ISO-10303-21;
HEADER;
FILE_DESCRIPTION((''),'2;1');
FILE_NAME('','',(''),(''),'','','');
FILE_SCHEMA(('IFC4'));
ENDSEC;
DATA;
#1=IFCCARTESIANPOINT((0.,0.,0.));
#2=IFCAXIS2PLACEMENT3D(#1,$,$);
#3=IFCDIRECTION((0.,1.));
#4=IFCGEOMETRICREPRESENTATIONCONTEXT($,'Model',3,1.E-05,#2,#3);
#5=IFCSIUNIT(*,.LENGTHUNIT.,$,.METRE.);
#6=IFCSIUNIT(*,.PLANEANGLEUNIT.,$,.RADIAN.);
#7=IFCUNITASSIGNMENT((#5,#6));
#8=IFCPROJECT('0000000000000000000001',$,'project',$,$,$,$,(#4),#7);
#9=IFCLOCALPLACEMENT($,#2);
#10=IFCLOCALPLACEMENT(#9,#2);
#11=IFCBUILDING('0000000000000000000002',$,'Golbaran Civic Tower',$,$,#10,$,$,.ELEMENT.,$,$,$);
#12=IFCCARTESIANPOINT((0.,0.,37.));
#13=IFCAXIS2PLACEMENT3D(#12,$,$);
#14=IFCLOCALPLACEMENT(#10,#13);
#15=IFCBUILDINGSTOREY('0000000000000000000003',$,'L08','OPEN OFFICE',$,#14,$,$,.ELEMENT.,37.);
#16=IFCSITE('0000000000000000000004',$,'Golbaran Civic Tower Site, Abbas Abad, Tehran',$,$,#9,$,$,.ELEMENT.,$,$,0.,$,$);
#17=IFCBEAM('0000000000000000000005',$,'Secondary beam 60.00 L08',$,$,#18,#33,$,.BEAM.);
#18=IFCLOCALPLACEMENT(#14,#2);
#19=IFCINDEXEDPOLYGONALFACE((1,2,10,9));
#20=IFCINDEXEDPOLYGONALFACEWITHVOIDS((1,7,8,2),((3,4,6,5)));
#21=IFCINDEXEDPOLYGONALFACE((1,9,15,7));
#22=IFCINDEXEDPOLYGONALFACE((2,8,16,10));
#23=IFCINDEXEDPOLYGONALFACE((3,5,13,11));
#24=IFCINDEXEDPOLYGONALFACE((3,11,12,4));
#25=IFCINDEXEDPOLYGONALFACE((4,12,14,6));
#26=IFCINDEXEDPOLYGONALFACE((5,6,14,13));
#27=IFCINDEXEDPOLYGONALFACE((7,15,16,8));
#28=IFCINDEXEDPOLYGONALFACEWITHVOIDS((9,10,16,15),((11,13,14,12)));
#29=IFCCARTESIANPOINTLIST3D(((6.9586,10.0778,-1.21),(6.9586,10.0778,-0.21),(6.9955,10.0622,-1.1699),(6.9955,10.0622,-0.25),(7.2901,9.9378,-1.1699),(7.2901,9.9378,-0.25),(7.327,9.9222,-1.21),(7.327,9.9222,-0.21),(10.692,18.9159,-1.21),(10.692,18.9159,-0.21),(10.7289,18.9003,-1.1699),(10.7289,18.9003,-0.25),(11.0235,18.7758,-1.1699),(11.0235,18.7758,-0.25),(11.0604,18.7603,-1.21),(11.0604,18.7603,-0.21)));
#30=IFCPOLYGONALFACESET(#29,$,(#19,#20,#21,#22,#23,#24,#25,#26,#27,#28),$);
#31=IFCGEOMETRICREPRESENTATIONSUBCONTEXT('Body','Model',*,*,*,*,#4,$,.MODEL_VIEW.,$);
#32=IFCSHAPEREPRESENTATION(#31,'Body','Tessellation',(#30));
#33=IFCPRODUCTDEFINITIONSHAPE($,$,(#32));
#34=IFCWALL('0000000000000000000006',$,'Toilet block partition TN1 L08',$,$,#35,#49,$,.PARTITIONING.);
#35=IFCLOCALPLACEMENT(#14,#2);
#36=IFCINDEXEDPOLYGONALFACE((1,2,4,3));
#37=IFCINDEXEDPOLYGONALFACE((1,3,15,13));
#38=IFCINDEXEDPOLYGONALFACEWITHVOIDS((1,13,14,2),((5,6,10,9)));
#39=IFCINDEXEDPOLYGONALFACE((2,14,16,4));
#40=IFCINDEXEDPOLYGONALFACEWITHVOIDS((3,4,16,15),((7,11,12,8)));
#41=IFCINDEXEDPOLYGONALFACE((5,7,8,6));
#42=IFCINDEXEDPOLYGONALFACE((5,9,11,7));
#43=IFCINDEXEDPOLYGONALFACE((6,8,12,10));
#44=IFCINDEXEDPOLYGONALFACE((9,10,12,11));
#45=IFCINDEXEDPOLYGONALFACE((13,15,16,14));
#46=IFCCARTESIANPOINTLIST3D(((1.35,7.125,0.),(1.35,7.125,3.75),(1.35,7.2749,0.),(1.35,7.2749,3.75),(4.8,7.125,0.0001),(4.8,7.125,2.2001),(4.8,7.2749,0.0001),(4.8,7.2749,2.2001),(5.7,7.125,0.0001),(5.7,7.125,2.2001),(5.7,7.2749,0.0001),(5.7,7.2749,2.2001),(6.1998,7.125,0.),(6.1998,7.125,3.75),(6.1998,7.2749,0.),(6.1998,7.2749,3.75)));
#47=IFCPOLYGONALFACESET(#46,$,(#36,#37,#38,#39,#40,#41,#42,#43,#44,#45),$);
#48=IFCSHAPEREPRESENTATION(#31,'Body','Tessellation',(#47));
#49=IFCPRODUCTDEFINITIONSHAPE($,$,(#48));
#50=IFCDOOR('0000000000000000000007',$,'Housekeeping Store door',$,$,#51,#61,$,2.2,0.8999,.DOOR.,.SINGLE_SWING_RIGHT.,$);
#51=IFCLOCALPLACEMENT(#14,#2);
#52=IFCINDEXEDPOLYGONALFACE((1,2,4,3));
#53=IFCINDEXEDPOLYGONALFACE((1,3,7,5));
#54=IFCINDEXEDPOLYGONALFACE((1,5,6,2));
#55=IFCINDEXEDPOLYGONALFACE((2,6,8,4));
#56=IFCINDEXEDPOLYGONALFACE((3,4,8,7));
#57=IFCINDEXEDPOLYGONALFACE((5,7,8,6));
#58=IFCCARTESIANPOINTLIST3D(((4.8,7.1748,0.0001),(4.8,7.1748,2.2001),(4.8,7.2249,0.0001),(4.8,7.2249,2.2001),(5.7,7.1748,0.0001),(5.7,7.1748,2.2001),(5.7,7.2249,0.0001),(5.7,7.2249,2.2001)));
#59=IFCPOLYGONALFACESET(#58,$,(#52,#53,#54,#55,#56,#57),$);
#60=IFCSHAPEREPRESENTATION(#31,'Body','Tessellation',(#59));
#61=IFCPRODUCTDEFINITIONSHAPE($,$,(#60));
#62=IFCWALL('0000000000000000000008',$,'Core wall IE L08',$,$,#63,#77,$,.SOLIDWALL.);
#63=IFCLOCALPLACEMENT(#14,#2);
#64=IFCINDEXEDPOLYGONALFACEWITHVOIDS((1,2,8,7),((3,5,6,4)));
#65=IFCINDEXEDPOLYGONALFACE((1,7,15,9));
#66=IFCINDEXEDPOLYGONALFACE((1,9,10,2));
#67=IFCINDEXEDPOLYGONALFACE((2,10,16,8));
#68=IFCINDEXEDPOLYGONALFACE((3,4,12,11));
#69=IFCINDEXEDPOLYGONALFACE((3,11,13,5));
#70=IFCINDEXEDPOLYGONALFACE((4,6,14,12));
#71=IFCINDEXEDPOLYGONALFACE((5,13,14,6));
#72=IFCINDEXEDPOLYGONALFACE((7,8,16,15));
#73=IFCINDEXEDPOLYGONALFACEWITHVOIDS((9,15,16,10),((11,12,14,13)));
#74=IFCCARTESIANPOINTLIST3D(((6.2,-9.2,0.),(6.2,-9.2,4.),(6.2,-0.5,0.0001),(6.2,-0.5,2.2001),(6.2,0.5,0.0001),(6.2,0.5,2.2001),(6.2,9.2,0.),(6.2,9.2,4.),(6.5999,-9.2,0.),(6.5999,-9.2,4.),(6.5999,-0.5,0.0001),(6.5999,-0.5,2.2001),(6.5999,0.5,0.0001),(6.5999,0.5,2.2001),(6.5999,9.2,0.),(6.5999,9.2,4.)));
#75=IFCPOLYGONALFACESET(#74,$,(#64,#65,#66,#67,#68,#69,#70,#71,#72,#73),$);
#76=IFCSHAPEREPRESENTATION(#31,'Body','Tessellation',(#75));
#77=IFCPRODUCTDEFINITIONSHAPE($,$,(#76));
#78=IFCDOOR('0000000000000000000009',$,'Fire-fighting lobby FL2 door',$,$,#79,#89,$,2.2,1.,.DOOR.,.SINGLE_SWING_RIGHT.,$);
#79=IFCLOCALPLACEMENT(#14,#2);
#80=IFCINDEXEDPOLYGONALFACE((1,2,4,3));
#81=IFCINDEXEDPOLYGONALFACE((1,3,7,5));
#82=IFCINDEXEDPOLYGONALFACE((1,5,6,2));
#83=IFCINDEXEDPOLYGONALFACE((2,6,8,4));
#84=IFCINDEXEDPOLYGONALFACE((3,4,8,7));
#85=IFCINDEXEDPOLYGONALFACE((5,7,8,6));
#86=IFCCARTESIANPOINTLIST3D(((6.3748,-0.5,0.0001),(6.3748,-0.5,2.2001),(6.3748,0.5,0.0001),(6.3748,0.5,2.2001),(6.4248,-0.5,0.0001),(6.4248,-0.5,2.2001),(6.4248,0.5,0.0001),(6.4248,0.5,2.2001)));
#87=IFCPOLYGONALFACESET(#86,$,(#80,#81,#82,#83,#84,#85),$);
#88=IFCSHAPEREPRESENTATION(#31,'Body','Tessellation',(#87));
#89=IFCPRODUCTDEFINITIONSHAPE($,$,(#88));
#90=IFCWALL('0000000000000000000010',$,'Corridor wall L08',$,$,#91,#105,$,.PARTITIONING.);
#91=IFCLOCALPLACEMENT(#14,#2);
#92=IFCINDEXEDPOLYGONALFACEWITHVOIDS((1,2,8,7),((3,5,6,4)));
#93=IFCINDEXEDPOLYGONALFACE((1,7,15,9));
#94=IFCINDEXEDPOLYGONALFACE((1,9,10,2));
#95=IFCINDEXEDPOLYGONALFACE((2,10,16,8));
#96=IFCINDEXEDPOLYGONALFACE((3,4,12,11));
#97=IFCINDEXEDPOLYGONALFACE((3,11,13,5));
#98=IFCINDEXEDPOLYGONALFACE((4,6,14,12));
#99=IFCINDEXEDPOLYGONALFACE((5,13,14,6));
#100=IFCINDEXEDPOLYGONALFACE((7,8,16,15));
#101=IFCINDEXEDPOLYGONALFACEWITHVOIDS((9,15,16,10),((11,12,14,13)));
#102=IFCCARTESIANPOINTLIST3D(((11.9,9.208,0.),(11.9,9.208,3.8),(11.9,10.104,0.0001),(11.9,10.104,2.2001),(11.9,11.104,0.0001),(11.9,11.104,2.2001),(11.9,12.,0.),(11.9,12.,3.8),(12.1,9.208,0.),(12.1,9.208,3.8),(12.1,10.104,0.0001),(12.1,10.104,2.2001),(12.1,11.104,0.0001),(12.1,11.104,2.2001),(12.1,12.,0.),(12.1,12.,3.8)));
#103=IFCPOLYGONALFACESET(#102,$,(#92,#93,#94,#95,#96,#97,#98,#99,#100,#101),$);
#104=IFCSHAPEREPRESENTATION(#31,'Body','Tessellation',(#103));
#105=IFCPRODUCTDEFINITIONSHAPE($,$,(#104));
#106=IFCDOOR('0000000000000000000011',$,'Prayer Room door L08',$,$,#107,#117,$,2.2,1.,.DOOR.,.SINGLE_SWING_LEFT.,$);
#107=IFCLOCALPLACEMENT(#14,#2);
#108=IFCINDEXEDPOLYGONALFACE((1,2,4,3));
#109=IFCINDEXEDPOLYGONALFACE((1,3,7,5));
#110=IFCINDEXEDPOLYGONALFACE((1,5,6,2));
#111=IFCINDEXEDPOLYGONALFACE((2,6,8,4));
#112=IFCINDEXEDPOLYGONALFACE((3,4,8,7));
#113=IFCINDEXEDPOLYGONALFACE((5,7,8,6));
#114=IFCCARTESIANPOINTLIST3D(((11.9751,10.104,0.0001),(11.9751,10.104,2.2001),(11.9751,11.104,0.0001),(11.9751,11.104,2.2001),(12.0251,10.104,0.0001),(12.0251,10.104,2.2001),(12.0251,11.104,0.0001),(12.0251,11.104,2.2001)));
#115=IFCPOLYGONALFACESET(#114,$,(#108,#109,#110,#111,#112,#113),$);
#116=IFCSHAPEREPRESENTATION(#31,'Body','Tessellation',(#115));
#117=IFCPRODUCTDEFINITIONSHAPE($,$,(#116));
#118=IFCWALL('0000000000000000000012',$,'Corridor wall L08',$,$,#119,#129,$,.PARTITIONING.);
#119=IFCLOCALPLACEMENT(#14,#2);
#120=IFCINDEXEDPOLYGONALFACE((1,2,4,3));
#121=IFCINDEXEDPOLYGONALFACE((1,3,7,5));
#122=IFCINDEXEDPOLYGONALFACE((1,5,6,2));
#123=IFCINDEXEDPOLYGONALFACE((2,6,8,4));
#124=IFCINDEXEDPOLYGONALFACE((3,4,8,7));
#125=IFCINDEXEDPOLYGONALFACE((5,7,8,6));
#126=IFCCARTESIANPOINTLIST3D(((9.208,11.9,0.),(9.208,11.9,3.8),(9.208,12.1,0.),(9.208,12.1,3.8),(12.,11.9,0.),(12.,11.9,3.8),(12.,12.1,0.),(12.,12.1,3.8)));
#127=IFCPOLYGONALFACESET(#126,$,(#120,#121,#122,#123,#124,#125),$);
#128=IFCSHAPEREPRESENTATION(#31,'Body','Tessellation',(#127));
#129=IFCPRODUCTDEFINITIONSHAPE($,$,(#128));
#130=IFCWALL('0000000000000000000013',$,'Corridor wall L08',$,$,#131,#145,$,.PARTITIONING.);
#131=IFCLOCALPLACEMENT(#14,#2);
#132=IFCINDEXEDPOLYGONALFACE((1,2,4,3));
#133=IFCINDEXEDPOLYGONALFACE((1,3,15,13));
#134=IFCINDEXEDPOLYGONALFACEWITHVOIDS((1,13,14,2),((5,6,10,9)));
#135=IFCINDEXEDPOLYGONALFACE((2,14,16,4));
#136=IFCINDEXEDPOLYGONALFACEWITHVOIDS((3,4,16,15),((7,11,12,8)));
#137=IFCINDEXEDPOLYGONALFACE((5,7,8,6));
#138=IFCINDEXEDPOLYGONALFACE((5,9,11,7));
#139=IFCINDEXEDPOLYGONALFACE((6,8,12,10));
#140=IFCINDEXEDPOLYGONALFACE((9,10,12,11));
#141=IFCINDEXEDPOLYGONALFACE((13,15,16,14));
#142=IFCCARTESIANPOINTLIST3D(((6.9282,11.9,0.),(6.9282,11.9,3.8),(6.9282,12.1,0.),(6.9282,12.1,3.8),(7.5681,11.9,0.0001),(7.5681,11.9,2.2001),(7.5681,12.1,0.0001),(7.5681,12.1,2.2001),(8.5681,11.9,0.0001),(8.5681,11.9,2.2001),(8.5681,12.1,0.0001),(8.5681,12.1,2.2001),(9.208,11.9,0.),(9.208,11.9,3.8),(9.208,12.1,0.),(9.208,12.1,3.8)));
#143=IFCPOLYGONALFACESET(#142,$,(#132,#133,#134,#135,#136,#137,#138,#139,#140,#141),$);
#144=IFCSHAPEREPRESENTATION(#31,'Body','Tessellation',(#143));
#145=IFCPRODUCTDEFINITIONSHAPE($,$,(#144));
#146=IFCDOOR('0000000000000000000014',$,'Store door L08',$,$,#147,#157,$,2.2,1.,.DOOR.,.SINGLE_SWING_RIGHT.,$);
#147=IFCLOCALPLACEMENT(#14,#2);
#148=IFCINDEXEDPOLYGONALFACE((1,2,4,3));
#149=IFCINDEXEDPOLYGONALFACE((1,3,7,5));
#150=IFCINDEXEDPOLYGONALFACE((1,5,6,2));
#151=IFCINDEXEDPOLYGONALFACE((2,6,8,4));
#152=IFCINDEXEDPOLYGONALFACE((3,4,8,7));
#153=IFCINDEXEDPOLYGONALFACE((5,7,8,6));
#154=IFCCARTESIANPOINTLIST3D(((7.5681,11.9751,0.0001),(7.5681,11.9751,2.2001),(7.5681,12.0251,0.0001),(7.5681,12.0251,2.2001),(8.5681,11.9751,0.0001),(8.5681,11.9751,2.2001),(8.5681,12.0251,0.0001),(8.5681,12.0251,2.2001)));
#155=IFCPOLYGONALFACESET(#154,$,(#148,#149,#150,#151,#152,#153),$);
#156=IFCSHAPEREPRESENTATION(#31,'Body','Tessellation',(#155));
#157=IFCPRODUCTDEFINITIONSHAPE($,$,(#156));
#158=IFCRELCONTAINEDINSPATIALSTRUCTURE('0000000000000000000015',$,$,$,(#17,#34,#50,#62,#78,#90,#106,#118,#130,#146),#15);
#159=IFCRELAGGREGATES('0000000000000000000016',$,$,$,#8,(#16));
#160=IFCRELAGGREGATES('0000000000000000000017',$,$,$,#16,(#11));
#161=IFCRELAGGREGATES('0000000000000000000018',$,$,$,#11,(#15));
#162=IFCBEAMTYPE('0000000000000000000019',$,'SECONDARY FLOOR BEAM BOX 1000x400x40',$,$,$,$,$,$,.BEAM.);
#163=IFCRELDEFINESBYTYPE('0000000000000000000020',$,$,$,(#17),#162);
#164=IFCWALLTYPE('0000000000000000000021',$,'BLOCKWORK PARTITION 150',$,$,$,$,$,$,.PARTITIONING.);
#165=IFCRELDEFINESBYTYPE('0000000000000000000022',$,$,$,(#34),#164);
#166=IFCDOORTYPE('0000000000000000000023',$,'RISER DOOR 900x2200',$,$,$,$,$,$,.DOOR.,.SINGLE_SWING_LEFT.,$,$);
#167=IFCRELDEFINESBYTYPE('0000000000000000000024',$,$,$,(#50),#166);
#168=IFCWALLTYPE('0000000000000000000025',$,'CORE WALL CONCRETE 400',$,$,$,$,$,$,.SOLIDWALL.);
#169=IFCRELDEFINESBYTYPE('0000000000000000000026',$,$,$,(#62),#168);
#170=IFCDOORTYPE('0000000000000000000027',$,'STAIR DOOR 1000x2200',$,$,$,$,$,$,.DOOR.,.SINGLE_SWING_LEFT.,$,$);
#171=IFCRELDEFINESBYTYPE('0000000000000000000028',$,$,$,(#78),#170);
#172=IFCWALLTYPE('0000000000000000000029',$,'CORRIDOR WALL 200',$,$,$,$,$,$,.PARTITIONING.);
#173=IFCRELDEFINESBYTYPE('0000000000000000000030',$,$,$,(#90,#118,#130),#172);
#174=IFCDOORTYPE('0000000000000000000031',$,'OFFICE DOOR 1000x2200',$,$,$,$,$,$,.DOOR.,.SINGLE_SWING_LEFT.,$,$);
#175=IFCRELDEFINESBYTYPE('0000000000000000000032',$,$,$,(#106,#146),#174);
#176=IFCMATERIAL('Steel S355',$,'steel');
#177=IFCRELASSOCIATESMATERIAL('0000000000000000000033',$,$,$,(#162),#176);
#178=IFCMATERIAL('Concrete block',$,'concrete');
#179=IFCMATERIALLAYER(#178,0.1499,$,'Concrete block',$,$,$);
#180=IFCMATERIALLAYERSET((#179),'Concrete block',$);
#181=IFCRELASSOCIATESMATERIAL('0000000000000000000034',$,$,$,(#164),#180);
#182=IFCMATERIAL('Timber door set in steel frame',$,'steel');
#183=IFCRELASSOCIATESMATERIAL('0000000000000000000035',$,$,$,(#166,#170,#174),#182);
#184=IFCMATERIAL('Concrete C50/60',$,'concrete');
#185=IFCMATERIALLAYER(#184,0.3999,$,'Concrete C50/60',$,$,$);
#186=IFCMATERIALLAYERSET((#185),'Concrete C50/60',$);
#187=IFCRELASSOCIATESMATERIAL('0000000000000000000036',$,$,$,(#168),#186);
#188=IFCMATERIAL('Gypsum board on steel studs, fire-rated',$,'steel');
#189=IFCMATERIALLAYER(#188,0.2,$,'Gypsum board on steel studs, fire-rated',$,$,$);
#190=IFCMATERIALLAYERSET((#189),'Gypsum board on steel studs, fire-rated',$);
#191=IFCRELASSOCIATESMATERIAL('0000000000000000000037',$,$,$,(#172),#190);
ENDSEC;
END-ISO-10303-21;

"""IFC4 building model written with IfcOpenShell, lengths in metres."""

from ifc_helpers import new_model, si_unit, direction, frame, frame_2d, origin, origin_2d, place, context, subcontext, project, spatial, rectangle, hollow_rectangle, extrude, material, layer, layer_set, material_profile, profile_set, type_object, element, fill, save


model = new_model("IFC4")

# Units and contexts
model_context = context("Model", 3, precision=1e-05, world=origin(), true_north=direction((0.0, 1.0)))
body_context = subcontext(model_context, "Body", "Model", "MODEL_VIEW")
ifc_project = project(units=[si_unit("LENGTHUNIT", "METRE"), si_unit("PLANEANGLEUNIT", "RADIAN")], contexts=[model_context])

# Site, building, storey
site_placement = place(None, origin())
site = spatial("IfcSite", under=ifc_project, at=site_placement, Name="Golbaran Civic Tower Site, Abbas Abad, Tehran", CompositionType="ELEMENT", RefElevation=0.0)
building_placement = place(site_placement, origin())
building = spatial("IfcBuilding", under=site, at=building_placement, Name="Golbaran Civic Tower", CompositionType="ELEMENT")
storey_placement = place(building_placement, frame((0.0, 0.0, 37.0)))
storey = spatial("IfcBuildingStorey", under=building, at=storey_placement, Name="L08", Description="OPEN OFFICE", CompositionType="ELEMENT", Elevation=37.0)

# Beam
ifc_material_1 = material(Name="Steel S355", Category="steel")
ifc_material_profile_1 = material_profile(ifc_material_1, hollow_rectangle(XDim=0.3999, YDim=1.0, WallThickness=0.04, at=origin_2d()), Name="BOX 1000x400x40")
ifc_profile_set_1 = profile_set([ifc_material_profile_1], Name="Steel S355")
beam_type_1 = type_object("IfcBeamType", Name="SECONDARY FLOOR BEAM BOX 1000x400x40", PredefinedType="BEAM", material=ifc_profile_set_1)
beam_1_placement = place(storey_placement, frame((7.1428, 10.0, -0.71), z_axis=(0.389126, 0.921185, 0.0), x_axis=(-0.921185, 0.389126, 0.0)))
element("IfcBeam", 1, at=beam_1_placement, inside=storey, type_object=beam_type_1, Name="Secondary beam 60.00 L08", PredefinedType="BEAM", context=body_context, shape_type="SweptSolid", body=[
    extrude(hollow_rectangle(XDim=0.3999, YDim=1.0, WallThickness=0.04, at=origin_2d()), origin(), (0.0, 0.0, 1.0), 9.5942),
])

# Walls, openings, doors
ifc_material_2 = material(Name="Concrete block", Category="concrete")
ifc_layer_1 = layer(ifc_material_2, 0.1499, Name="Concrete block")
ifc_layer_set_1 = layer_set([ifc_layer_1], Name="Concrete block")
wall_type_1 = type_object("IfcWallType", Name="BLOCKWORK PARTITION 150", PredefinedType="PARTITIONING", material=ifc_layer_set_1)
wall_1_placement = place(storey_placement, frame((1.3501, 7.2, 0.0), z_axis=(0.0, 0.0, 1.0), x_axis=(1.0, 0.0, 0.0)))
wall_1 = element("IfcWall", 2, at=wall_1_placement, inside=storey, type_object=wall_type_1, Name="Toilet block partition TN1 L08", PredefinedType="PARTITIONING", context=body_context, shape_type="SweptSolid", body=[
    extrude(rectangle(XDim=4.8499, YDim=0.1499, at=frame_2d((2.4248, 0.0))), origin(), (0.0, 0.0, 1.0), 3.75),
])
opening_1_placement = place(wall_1_placement, frame((3.45, 0.0, 0.0)))
opening_1 = element("IfcOpeningElement", 3, at=opening_1_placement, cuts=wall_1, PredefinedType="OPENING", context=body_context, shape_type="SweptSolid", body=[
    extrude(rectangle(XDim=0.8999, YDim=2.2, at=frame_2d((0.45, 1.1001))), frame((0.0, 0.085, 0.0), z_axis=(0.0, -1.0, 0.0), x_axis=(1.0, 0.0, 0.0)), (0.0, 0.0, 1.0), 0.1699),
])
ifc_material_3 = material(Name="Timber door set in steel frame", Category="steel")
door_type_1 = type_object("IfcDoorType", Name="RISER DOOR 900x2200", OperationType="SINGLE_SWING_LEFT", PredefinedType="DOOR", material=ifc_material_3)
door_1_placement = place(opening_1_placement, origin())
door_1 = element("IfcDoor", 4, at=door_1_placement, inside=storey, type_object=door_type_1, Name="Housekeeping Store door", OperationType="SINGLE_SWING_RIGHT", OverallHeight=2.2, OverallWidth=0.8999, PredefinedType="DOOR", context=body_context, shape_type="SweptSolid", body=[
    extrude(rectangle(XDim=0.8999, YDim=2.2, at=frame_2d((0.45, 1.1001))), frame((0.0, 0.0249, 0.0), z_axis=(0.0, -1.0, 0.0), x_axis=(1.0, 0.0, 0.0)), (0.0, 0.0, 1.0), 0.05),
])
fill(opening_1, door_1)
ifc_material_4 = material(Name="Concrete C50/60", Category="concrete")
ifc_layer_2 = layer(ifc_material_4, 0.3999, Name="Concrete C50/60")
ifc_layer_set_2 = layer_set([ifc_layer_2], Name="Concrete C50/60")
wall_type_2 = type_object("IfcWallType", Name="CORE WALL CONCRETE 400", PredefinedType="SOLIDWALL", material=ifc_layer_set_2)
wall_2_placement = place(storey_placement, frame((6.3999, 9.2, 0.0), z_axis=(0.0, 0.0, 1.0), x_axis=(0.0, -1.0, 0.0)))
wall_2 = element("IfcWall", 5, at=wall_2_placement, inside=storey, type_object=wall_type_2, Name="Core wall IE L08", PredefinedType="SOLIDWALL", context=body_context, shape_type="SweptSolid", body=[
    extrude(rectangle(XDim=18.3999, YDim=0.3999, at=frame_2d((9.2, 0.0))), origin(), (0.0, 0.0, 1.0), 4.0),
])
opening_2_placement = place(wall_2_placement, frame((8.7, 0.0, 0.0)))
opening_2 = element("IfcOpeningElement", 6, at=opening_2_placement, cuts=wall_2, PredefinedType="OPENING", context=body_context, shape_type="SweptSolid", body=[
    extrude(rectangle(XDim=1.0, YDim=2.2, at=frame_2d((0.5, 1.1001))), frame((0.0, 0.21, 0.0), z_axis=(0.0, -1.0, 0.0), x_axis=(1.0, 0.0, 0.0)), (0.0, 0.0, 1.0), 0.4199),
])
door_type_2 = type_object("IfcDoorType", Name="STAIR DOOR 1000x2200", OperationType="SINGLE_SWING_LEFT", PredefinedType="DOOR", material=ifc_material_3)
door_2_placement = place(opening_2_placement, origin())
door_2 = element("IfcDoor", 7, at=door_2_placement, inside=storey, type_object=door_type_2, Name="Fire-fighting lobby FL2 door", OperationType="SINGLE_SWING_RIGHT", OverallHeight=2.2, OverallWidth=1.0, PredefinedType="DOOR", context=body_context, shape_type="SweptSolid", body=[
    extrude(rectangle(XDim=1.0, YDim=2.2, at=frame_2d((0.5, 1.1001))), frame((0.0, 0.0249, 0.0), z_axis=(0.0, -1.0, 0.0), x_axis=(1.0, 0.0, 0.0)), (0.0, 0.0, 1.0), 0.05),
])
fill(opening_2, door_2)
ifc_material_5 = material(Name="Gypsum board on steel studs, fire-rated", Category="steel")
ifc_layer_3 = layer(ifc_material_5, 0.2, Name="Gypsum board on steel studs, fire-rated")
ifc_layer_set_3 = layer_set([ifc_layer_3], Name="Gypsum board on steel studs, fire-rated")
wall_type_3 = type_object("IfcWallType", Name="CORRIDOR WALL 200", PredefinedType="PARTITIONING", material=ifc_layer_set_3)
wall_3_placement = place(storey_placement, frame((12.0, 9.208, 0.0), z_axis=(0.0, 0.0, 1.0), x_axis=(0.0, 1.0, 0.0)))
wall_3 = element("IfcWall", 8, at=wall_3_placement, inside=storey, type_object=wall_type_3, Name="Corridor wall L08", PredefinedType="PARTITIONING", context=body_context, shape_type="SweptSolid", body=[
    extrude(rectangle(XDim=2.792, YDim=0.2, at=frame_2d((1.396, 0.0))), origin(), (0.0, 0.0, 1.0), 3.8),
])
opening_3_placement = place(wall_3_placement, frame((0.896, 0.0, 0.0)))
opening_3 = element("IfcOpeningElement", 9, at=opening_3_placement, cuts=wall_3, PredefinedType="OPENING", context=body_context, shape_type="SweptSolid", body=[
    extrude(rectangle(XDim=1.0, YDim=2.2, at=frame_2d((0.5, 1.1001))), frame((0.0, 0.1099, 0.0), z_axis=(0.0, -1.0, 0.0), x_axis=(1.0, 0.0, 0.0)), (0.0, 0.0, 1.0), 0.22),
])
door_type_3 = type_object("IfcDoorType", Name="OFFICE DOOR 1000x2200", OperationType="SINGLE_SWING_LEFT", PredefinedType="DOOR", material=ifc_material_3)
door_3_placement = place(opening_3_placement, origin())
door_3 = element("IfcDoor", 10, at=door_3_placement, inside=storey, type_object=door_type_3, Name="Prayer Room door L08", OperationType="SINGLE_SWING_LEFT", OverallHeight=2.2, OverallWidth=1.0, PredefinedType="DOOR", context=body_context, shape_type="SweptSolid", body=[
    extrude(rectangle(XDim=1.0, YDim=2.2, at=frame_2d((0.5, 1.1001))), frame((0.0, 0.0249, 0.0), z_axis=(0.0, -1.0, 0.0), x_axis=(1.0, 0.0, 0.0)), (0.0, 0.0, 1.0), 0.05),
])
fill(opening_3, door_3)

# Wall
wall_4_placement = place(storey_placement, frame((12.0, 12.0, 0.0), z_axis=(0.0, 0.0, 1.0), x_axis=(-1.0, 0.0, 0.0)))
element("IfcWall", 11, at=wall_4_placement, inside=storey, type_object=wall_type_3, Name="Corridor wall L08", PredefinedType="PARTITIONING", context=body_context, shape_type="SweptSolid", body=[
    extrude(rectangle(XDim=2.792, YDim=0.2, at=frame_2d((1.396, 0.0))), origin(), (0.0, 0.0, 1.0), 3.8),
])

# Wall, opening, door
wall_5_placement = place(storey_placement, frame((9.208, 12.0, 0.0), z_axis=(0.0, 0.0, 1.0), x_axis=(-1.0, 0.0, 0.0)))
wall_5 = element("IfcWall", 12, at=wall_5_placement, inside=storey, type_object=wall_type_3, Name="Corridor wall L08", PredefinedType="PARTITIONING", context=body_context, shape_type="SweptSolid", body=[
    extrude(rectangle(XDim=2.2798, YDim=0.2, at=frame_2d((1.1399, 0.0))), origin(), (0.0, 0.0, 1.0), 3.8),
])
opening_4_placement = place(wall_5_placement, frame((0.6399, 0.0, 0.0)))
opening_4 = element("IfcOpeningElement", 13, at=opening_4_placement, cuts=wall_5, PredefinedType="OPENING", context=body_context, shape_type="SweptSolid", body=[
    extrude(rectangle(XDim=1.0, YDim=2.2, at=frame_2d((0.5, 1.1001))), frame((0.0, 0.1099, 0.0), z_axis=(0.0, -1.0, 0.0), x_axis=(1.0, 0.0, 0.0)), (0.0, 0.0, 1.0), 0.22),
])
door_4_placement = place(opening_4_placement, origin())
door_4 = element("IfcDoor", 14, at=door_4_placement, inside=storey, type_object=door_type_3, Name="Store door L08", OperationType="SINGLE_SWING_RIGHT", OverallHeight=2.2, OverallWidth=1.0, PredefinedType="DOOR", context=body_context, shape_type="SweptSolid", body=[
    extrude(rectangle(XDim=1.0, YDim=2.2, at=frame_2d((0.5, 1.1001))), frame((0.0, 0.0249, 0.0), z_axis=(0.0, -1.0, 0.0), x_axis=(1.0, 0.0, 0.0)), (0.0, 0.0, 1.0), 0.05),
])
fill(opening_4, door_4)

save(model, "model.ifc")
